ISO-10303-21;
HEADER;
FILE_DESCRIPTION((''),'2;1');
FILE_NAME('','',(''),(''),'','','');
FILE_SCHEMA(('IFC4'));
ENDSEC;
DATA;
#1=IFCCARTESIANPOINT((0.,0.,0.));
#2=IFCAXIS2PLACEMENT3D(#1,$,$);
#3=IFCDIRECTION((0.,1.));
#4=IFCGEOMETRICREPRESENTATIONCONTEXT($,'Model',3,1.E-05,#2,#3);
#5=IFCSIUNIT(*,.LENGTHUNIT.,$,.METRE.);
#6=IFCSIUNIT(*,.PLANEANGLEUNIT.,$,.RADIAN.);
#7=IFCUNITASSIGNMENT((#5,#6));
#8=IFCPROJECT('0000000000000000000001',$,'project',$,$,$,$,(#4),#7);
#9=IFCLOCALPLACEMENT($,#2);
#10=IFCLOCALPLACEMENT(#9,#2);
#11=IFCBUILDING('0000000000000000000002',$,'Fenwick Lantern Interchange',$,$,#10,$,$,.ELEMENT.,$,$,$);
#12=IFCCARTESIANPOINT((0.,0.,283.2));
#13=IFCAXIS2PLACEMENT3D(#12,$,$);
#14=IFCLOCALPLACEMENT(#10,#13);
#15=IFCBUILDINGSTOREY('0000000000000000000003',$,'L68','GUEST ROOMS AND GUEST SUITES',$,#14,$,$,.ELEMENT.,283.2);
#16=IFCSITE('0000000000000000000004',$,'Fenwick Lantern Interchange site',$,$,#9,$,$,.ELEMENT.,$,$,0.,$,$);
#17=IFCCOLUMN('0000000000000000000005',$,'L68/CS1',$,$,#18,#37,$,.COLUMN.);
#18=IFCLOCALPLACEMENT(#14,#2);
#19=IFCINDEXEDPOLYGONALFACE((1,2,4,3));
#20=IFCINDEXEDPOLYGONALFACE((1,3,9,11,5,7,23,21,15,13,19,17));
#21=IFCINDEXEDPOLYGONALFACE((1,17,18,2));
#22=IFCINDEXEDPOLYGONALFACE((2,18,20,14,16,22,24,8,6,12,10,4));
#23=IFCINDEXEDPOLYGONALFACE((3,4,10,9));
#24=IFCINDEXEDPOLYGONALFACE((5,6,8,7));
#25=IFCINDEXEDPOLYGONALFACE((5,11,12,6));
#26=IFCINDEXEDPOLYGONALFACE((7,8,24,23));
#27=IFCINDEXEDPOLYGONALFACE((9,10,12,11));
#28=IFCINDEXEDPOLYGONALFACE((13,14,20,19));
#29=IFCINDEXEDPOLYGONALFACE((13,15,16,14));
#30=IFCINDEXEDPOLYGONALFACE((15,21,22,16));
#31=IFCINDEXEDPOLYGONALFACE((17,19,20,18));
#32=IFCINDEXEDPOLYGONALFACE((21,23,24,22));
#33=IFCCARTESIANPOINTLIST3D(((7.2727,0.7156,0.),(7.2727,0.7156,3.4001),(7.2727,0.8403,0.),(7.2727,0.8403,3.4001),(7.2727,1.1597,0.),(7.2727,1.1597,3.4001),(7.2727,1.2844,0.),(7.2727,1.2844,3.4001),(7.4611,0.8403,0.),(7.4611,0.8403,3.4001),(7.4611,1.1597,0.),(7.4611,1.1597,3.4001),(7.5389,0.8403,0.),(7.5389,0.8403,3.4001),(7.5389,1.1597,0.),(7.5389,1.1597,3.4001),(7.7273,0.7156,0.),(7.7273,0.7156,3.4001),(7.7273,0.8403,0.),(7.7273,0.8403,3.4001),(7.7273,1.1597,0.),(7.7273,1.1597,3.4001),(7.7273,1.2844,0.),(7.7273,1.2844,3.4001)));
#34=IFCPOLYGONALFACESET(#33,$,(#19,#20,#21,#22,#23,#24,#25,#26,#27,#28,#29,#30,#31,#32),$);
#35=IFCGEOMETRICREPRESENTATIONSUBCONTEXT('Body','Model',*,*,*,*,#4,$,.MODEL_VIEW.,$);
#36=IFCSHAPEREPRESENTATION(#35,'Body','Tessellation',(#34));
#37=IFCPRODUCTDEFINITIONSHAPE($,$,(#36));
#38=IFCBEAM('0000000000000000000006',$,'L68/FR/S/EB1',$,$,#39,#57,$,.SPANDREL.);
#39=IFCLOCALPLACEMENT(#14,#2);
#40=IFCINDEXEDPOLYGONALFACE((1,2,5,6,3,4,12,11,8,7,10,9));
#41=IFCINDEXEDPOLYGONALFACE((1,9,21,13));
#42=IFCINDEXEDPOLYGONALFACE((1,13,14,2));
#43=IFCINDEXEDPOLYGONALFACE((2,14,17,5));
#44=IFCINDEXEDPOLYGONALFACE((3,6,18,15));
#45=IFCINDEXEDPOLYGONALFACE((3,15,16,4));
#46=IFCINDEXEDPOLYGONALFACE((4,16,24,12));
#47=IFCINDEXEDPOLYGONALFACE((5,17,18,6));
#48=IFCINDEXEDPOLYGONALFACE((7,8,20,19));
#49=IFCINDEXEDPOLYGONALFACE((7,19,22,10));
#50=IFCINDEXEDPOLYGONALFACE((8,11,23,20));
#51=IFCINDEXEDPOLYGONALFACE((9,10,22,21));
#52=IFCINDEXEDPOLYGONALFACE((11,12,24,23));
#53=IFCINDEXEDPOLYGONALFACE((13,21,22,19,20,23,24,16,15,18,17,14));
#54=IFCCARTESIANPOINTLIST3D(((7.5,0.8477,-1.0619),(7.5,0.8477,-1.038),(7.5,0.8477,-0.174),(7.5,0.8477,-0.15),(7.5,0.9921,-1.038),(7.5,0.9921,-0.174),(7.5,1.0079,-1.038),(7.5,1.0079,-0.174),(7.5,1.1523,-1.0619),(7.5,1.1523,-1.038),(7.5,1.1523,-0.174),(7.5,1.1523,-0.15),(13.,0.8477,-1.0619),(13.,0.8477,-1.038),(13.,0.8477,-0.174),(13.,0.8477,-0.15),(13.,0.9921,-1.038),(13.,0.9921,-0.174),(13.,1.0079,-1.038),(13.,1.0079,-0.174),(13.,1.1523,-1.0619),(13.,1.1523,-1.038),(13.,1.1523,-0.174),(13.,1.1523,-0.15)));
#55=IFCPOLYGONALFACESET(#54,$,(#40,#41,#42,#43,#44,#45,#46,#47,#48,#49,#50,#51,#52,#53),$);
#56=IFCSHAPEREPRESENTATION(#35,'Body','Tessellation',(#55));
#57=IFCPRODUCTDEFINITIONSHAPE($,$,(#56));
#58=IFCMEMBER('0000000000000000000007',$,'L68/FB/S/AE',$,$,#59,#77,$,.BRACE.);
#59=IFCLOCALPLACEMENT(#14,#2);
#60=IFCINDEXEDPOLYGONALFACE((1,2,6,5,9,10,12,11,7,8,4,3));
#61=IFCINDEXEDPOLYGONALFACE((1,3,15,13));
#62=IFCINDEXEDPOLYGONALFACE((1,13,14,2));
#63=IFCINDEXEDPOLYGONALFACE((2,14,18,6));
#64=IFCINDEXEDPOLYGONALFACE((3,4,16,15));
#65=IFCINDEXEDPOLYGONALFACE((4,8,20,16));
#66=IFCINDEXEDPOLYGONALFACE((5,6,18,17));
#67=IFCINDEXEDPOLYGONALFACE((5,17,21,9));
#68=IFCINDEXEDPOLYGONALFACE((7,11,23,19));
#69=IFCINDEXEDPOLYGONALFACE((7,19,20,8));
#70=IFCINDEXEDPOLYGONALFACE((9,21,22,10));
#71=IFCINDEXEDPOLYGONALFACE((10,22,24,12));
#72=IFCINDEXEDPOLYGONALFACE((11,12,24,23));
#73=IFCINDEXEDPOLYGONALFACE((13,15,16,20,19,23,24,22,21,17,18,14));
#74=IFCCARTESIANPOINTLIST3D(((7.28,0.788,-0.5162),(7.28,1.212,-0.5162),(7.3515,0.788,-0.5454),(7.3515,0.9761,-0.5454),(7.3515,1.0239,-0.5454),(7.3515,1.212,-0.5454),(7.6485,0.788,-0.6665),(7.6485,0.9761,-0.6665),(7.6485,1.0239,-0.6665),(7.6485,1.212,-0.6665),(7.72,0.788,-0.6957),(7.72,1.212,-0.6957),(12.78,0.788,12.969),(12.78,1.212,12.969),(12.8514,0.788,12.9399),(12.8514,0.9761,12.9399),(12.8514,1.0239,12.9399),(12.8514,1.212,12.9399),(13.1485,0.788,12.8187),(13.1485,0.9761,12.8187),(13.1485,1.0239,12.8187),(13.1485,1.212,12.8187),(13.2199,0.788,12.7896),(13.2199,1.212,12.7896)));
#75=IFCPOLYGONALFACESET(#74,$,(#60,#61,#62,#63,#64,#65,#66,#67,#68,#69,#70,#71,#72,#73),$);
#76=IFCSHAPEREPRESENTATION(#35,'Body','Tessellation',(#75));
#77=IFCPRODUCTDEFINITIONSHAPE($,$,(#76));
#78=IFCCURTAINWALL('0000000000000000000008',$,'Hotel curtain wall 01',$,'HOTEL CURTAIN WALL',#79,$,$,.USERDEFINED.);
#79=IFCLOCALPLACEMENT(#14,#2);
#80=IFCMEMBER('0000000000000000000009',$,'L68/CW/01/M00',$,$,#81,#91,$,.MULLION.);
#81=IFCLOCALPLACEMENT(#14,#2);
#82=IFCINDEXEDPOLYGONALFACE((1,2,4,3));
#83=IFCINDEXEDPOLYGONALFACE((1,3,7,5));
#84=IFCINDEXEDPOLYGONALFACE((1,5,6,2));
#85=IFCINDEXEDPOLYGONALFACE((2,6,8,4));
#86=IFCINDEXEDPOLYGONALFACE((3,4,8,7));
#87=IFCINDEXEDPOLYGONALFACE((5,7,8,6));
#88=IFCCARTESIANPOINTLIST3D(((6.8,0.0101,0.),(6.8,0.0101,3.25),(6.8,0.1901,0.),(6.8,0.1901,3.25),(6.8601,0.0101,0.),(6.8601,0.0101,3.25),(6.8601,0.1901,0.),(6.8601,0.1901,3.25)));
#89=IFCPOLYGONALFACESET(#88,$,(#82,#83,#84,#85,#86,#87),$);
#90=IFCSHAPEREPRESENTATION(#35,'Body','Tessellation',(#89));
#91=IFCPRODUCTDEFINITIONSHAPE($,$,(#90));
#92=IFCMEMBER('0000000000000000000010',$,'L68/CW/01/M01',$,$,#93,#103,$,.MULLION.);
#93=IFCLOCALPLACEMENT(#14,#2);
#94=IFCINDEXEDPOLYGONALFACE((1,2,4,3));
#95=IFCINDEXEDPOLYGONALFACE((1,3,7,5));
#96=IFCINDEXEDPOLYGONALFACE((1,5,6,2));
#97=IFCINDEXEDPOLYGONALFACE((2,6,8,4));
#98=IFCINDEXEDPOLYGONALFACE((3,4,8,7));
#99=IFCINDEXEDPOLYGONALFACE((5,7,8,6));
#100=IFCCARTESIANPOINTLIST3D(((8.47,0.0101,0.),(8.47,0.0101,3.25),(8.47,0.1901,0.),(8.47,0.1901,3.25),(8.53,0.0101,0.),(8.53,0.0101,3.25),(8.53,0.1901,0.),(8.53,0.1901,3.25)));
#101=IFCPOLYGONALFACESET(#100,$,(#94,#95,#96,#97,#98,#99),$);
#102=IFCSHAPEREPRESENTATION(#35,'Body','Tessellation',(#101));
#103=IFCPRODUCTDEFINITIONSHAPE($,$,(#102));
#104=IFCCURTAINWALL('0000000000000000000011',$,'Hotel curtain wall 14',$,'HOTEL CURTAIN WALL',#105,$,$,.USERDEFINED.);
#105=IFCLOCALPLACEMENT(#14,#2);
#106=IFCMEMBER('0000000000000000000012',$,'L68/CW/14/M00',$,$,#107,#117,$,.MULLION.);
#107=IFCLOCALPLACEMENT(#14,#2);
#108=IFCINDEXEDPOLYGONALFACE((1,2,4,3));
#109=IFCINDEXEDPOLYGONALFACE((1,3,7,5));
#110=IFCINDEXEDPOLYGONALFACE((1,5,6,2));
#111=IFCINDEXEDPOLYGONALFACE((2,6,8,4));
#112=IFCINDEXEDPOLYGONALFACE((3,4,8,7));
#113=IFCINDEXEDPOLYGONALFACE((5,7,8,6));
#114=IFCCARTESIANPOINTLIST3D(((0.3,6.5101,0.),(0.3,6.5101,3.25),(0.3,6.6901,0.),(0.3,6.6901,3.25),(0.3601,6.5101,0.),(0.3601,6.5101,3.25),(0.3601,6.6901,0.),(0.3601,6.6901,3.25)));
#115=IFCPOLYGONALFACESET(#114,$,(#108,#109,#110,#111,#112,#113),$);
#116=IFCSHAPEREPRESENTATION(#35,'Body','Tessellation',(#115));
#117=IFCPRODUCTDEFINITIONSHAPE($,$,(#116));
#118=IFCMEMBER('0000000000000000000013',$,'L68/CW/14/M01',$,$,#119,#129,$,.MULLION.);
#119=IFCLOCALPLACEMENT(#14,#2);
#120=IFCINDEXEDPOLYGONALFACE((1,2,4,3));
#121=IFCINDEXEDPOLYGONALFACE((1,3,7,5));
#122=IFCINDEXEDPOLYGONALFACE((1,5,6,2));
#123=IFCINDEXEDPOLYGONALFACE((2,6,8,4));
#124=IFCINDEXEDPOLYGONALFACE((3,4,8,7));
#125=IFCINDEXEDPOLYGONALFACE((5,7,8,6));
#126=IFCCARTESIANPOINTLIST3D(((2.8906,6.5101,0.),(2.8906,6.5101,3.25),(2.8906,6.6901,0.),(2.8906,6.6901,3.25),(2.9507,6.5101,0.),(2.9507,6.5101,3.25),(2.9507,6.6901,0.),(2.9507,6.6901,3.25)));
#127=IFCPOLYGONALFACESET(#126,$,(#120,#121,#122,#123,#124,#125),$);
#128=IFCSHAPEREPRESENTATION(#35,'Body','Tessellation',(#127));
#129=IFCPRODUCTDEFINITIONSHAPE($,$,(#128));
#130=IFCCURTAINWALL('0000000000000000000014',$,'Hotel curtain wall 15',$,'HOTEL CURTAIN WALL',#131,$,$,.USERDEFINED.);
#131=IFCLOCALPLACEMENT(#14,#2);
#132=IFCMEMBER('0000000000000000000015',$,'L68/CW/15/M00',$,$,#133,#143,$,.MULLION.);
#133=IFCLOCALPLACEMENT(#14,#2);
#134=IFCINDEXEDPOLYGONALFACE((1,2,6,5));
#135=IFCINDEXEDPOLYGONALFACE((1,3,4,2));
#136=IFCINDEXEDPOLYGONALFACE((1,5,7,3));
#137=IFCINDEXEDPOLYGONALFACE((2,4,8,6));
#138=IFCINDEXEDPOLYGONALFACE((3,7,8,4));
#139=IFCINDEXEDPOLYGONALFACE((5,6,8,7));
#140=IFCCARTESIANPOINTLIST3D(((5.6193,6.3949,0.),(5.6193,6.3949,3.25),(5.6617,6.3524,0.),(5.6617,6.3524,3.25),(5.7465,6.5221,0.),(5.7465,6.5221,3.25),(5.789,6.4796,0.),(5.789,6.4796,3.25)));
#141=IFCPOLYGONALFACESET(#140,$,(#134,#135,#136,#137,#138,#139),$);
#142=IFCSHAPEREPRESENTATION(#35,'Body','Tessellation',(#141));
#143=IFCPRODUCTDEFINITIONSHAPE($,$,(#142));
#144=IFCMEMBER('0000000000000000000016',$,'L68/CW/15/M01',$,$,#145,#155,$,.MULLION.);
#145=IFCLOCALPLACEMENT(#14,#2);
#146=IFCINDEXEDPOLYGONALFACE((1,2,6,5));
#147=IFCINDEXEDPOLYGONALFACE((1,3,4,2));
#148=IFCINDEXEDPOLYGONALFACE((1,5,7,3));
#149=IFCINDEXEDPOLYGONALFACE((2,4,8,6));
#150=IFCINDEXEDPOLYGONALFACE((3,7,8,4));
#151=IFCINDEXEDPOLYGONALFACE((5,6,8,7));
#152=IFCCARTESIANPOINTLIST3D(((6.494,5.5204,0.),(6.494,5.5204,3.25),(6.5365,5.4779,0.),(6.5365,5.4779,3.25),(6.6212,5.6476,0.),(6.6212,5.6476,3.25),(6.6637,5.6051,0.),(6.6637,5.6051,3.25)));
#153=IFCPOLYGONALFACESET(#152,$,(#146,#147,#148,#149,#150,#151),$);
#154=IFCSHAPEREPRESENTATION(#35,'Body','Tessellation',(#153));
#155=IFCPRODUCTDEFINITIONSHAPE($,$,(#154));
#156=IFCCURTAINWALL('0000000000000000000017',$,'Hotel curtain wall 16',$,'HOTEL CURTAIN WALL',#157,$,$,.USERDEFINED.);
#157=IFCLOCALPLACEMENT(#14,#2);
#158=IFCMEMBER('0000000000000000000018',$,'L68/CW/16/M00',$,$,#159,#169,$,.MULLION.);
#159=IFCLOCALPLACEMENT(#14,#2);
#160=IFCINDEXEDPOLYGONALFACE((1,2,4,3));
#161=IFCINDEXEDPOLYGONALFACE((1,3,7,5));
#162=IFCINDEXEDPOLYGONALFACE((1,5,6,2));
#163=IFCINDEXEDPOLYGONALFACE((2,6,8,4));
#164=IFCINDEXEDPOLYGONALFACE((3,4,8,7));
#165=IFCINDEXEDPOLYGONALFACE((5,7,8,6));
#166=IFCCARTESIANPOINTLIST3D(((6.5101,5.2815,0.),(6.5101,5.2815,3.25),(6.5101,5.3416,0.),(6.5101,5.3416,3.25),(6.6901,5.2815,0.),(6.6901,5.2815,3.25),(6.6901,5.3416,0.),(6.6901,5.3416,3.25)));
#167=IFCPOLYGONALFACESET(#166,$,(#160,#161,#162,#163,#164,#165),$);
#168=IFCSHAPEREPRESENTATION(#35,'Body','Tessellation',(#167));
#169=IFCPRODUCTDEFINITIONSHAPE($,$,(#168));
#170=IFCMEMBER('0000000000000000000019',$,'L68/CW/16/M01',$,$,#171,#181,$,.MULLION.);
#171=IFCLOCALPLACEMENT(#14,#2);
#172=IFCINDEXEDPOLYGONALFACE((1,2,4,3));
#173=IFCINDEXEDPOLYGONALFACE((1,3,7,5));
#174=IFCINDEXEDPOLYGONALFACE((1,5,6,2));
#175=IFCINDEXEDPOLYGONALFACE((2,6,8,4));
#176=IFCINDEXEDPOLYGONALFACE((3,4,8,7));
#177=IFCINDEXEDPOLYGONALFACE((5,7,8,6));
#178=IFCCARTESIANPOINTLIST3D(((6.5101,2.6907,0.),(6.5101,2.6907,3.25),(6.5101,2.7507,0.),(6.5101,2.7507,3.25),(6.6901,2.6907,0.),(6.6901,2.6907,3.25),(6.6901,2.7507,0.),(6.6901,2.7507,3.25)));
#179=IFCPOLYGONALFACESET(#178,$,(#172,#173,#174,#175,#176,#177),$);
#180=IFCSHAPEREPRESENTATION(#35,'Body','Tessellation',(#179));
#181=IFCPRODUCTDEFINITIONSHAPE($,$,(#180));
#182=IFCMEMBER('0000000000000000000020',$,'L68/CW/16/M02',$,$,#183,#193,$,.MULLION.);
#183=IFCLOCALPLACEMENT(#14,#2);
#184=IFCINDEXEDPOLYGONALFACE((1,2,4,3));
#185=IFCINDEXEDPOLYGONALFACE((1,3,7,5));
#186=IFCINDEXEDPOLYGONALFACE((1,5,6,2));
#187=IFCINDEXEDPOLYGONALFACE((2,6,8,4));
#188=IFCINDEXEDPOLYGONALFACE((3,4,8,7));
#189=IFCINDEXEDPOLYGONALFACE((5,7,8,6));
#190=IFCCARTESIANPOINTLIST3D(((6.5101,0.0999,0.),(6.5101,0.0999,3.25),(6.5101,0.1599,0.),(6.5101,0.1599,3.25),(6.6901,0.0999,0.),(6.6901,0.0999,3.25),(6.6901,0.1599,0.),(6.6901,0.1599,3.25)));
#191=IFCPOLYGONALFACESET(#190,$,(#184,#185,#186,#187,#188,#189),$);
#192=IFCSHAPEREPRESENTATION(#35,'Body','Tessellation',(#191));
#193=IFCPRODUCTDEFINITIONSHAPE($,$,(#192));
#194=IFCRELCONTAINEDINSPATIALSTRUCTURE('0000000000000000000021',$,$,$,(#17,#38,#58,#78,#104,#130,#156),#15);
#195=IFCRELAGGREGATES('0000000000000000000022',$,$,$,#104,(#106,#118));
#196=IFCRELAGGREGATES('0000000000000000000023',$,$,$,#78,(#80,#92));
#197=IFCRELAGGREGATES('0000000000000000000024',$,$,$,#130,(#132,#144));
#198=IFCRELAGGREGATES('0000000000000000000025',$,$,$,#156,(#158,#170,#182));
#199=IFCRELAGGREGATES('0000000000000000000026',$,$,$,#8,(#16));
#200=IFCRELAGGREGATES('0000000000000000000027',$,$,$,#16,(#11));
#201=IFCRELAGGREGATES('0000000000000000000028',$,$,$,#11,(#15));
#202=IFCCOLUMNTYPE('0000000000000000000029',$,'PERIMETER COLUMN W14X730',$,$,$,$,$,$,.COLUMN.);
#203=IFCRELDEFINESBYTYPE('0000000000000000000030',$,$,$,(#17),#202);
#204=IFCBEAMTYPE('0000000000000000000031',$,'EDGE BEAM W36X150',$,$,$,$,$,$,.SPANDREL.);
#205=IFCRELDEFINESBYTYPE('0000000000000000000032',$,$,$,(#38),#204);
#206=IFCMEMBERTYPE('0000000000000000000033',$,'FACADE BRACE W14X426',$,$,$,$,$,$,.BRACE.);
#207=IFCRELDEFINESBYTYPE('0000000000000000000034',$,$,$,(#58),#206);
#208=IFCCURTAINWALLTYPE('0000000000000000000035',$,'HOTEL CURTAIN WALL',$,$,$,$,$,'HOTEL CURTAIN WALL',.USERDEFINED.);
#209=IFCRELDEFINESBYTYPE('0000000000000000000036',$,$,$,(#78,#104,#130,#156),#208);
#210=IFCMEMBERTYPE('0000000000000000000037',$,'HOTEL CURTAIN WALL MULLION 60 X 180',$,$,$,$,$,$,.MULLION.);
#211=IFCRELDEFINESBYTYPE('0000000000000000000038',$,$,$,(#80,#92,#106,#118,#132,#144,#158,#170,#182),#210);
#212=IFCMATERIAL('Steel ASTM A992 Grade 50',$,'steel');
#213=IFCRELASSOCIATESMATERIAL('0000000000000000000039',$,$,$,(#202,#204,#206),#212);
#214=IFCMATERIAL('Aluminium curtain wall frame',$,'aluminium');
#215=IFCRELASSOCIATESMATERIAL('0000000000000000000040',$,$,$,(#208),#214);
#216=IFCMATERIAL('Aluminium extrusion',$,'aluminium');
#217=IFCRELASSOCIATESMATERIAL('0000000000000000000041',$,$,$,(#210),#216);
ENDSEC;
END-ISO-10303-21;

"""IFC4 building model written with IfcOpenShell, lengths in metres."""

from ifc_helpers import new_model, si_unit, direction, frame, origin, origin_2d, place, context, subcontext, project, spatial, rectangle, i_section, extrude, material, material_profile, profile_set, type_object, element, aggregate, save


model = new_model("IFC4")

# Units and contexts
model_context = context("Model", 3, precision=1e-05, world=origin(), true_north=direction((0.0, 1.0)))
body_context = subcontext(model_context, "Body", "Model", "MODEL_VIEW")
ifc_project = project(units=[si_unit("LENGTHUNIT", "METRE"), si_unit("PLANEANGLEUNIT", "RADIAN")], contexts=[model_context])

# Site, building, storey
site_placement = place(None, origin())
site = spatial("IfcSite", under=ifc_project, at=site_placement, Name="Fenwick Lantern Interchange site", CompositionType="ELEMENT", RefElevation=0.0)
building_placement = place(site_placement, origin())
building = spatial("IfcBuilding", under=site, at=building_placement, Name="Fenwick Lantern Interchange", CompositionType="ELEMENT")
storey_placement = place(building_placement, frame((0.0, 0.0, 283.2)))
storey = spatial("IfcBuildingStorey", under=building, at=storey_placement, Name="L68", Description="GUEST ROOMS AND GUEST SUITES", CompositionType="ELEMENT", Elevation=283.2)

# Column
ifc_material_1 = material(Name="Steel ASTM A992 Grade 50", Category="steel")
ifc_material_profile_1 = material_profile(ifc_material_1, i_section(OverallWidth=0.4546, OverallDepth=0.5688, WebThickness=0.0779, FlangeThickness=0.1248, at=origin_2d()), Name="W14X730")
ifc_profile_set_1 = profile_set([ifc_material_profile_1], Name="Steel ASTM A992 Grade 50")
column_type = type_object("IfcColumnType", Name="PERIMETER COLUMN W14X730", PredefinedType="COLUMN", material=ifc_profile_set_1)
column_placement = place(storey_placement, frame((7.5, 1.0, 0.0), z_axis=(0.0, 0.0, 1.0), x_axis=(1.0, 0.0, 0.0)))
element("IfcColumn", 1, at=column_placement, inside=storey, type_object=column_type, Name="L68/CS1", PredefinedType="COLUMN", context=body_context, shape_type="SweptSolid", body=[
    extrude(i_section(OverallWidth=0.4546, OverallDepth=0.5688, WebThickness=0.0779, FlangeThickness=0.1248, at=origin_2d()), origin(), (0.0, 0.0, 1.0), 3.4001),
])

# Beam
ifc_material_profile_2 = material_profile(ifc_material_1, i_section(OverallWidth=0.3047, OverallDepth=0.9119, WebThickness=0.0159, FlangeThickness=0.0239, at=origin_2d()), Name="W36X150")
ifc_profile_set_2 = profile_set([ifc_material_profile_2], Name="Steel ASTM A992 Grade 50")
beam_type = type_object("IfcBeamType", Name="EDGE BEAM W36X150", PredefinedType="SPANDREL", material=ifc_profile_set_2)
beam_placement = place(storey_placement, frame((7.5, 1.0, -0.606), z_axis=(1.0, 0.0, 0.0), x_axis=(0.0, 1.0, 0.0)))
element("IfcBeam", 2, at=beam_placement, inside=storey, type_object=beam_type, Name="L68/FR/S/EB1", PredefinedType="SPANDREL", context=body_context, shape_type="SweptSolid", body=[
    extrude(i_section(OverallWidth=0.3047, OverallDepth=0.9119, WebThickness=0.0159, FlangeThickness=0.0239, at=origin_2d()), origin(), (0.0, 0.0, 1.0), 5.5),
])

# Member
ifc_material_profile_3 = material_profile(ifc_material_1, i_section(OverallWidth=0.4241, OverallDepth=0.4751, WebThickness=0.0479, FlangeThickness=0.0771, at=origin_2d()), Name="W14X426")
ifc_profile_set_3 = profile_set([ifc_material_profile_3], Name="Steel ASTM A992 Grade 50")
member_type_1 = type_object("IfcMemberType", Name="FACADE BRACE W14X426", PredefinedType="BRACE", material=ifc_profile_set_3)
member_1_placement = place(storey_placement, frame((7.5, 1.0, -0.606), z_axis=(0.377648, 0.0, 0.925949), x_axis=(0.0, 1.0, 0.0)))
element("IfcMember", 3, at=member_1_placement, inside=storey, type_object=member_type_1, Name="L68/FB/S/AE", PredefinedType="BRACE", context=body_context, shape_type="SweptSolid", body=[
    extrude(i_section(OverallWidth=0.4241, OverallDepth=0.4751, WebThickness=0.0479, FlangeThickness=0.0771, at=origin_2d()), origin(), (0.0, 0.0, 1.0), 14.5637),
])

# Curtain walls, members
ifc_material_2 = material(Name="Aluminium curtain wall frame", Category="aluminium")
curtain_wall_type = type_object("IfcCurtainWallType", Name="HOTEL CURTAIN WALL", ElementType="HOTEL CURTAIN WALL", PredefinedType="USERDEFINED", material=ifc_material_2)
curtain_wall_1_placement = place(storey_placement, origin())
curtain_wall_1 = element("IfcCurtainWall", 4, at=curtain_wall_1_placement, inside=storey, type_object=curtain_wall_type, Name="Hotel curtain wall 01", ObjectType="HOTEL CURTAIN WALL", PredefinedType="USERDEFINED")
ifc_material_3 = material(Name="Aluminium extrusion", Category="aluminium")
ifc_material_profile_4 = material_profile(ifc_material_3, rectangle(XDim=0.1799, YDim=0.0601, at=origin_2d()), Name="HOTEL CURTAIN WALL MULLION 60 X 180")
ifc_profile_set_4 = profile_set([ifc_material_profile_4], Name="Aluminium extrusion")
member_type_2 = type_object("IfcMemberType", Name="HOTEL CURTAIN WALL MULLION 60 X 180", PredefinedType="MULLION", material=ifc_profile_set_4)
member_2_placement = place(storey_placement, frame((6.8301, 0.1001, 0.0), z_axis=(0.0, 0.0, 1.0), x_axis=(0.0, 1.0, 0.0)))
member_2 = element("IfcMember", 5, at=member_2_placement, type_object=member_type_2, Name="L68/CW/01/M00", PredefinedType="MULLION", context=body_context, shape_type="SweptSolid", body=[
    extrude(rectangle(XDim=0.1799, YDim=0.0601, at=origin_2d()), origin(), (0.0, 0.0, 1.0), 3.25),
])
member_3_placement = place(storey_placement, frame((8.5, 0.1001, 0.0), z_axis=(0.0, 0.0, 1.0), x_axis=(0.0, 1.0, 0.0)))
member_3 = element("IfcMember", 6, at=member_3_placement, type_object=member_type_2, Name="L68/CW/01/M01", PredefinedType="MULLION", context=body_context, shape_type="SweptSolid", body=[
    extrude(rectangle(XDim=0.1799, YDim=0.0601, at=origin_2d()), origin(), (0.0, 0.0, 1.0), 3.25),
])
curtain_wall_2_placement = place(storey_placement, origin())
curtain_wall_2 = element("IfcCurtainWall", 7, at=curtain_wall_2_placement, inside=storey, type_object=curtain_wall_type, Name="Hotel curtain wall 14", ObjectType="HOTEL CURTAIN WALL", PredefinedType="USERDEFINED")
member_4_placement = place(storey_placement, frame((0.3301, 6.6001, 0.0), z_axis=(0.0, 0.0, 1.0), x_axis=(0.0, 1.0, 0.0)))
member_4 = element("IfcMember", 8, at=member_4_placement, type_object=member_type_2, Name="L68/CW/14/M00", PredefinedType="MULLION", context=body_context, shape_type="SweptSolid", body=[
    extrude(rectangle(XDim=0.1799, YDim=0.0601, at=origin_2d()), origin(), (0.0, 0.0, 1.0), 3.25),
])
member_5_placement = place(storey_placement, frame((2.9207, 6.6001, 0.0), z_axis=(0.0, 0.0, 1.0), x_axis=(0.0, 1.0, 0.0)))
member_5 = element("IfcMember", 9, at=member_5_placement, type_object=member_type_2, Name="L68/CW/14/M01", PredefinedType="MULLION", context=body_context, shape_type="SweptSolid", body=[
    extrude(rectangle(XDim=0.1799, YDim=0.0601, at=origin_2d()), origin(), (0.0, 0.0, 1.0), 3.25),
])
curtain_wall_3_placement = place(storey_placement, origin())
curtain_wall_3 = element("IfcCurtainWall", 10, at=curtain_wall_3_placement, inside=storey, type_object=curtain_wall_type, Name="Hotel curtain wall 15", ObjectType="HOTEL CURTAIN WALL", PredefinedType="USERDEFINED")
member_6_placement = place(storey_placement, frame((5.7041, 6.4373, 0.0), z_axis=(0.0, 0.0, 1.0), x_axis=(0.707107, 0.707107, 0.0)))
member_6 = element("IfcMember", 11, at=member_6_placement, type_object=member_type_2, Name="L68/CW/15/M00", PredefinedType="MULLION", context=body_context, shape_type="SweptSolid", body=[
    extrude(rectangle(XDim=0.1799, YDim=0.0601, at=origin_2d()), origin(), (0.0, 0.0, 1.0), 3.25),
])
member_7_placement = place(storey_placement, frame((6.5789, 5.5627, 0.0), z_axis=(0.0, 0.0, 1.0), x_axis=(0.707107, 0.707107, 0.0)))
member_7 = element("IfcMember", 12, at=member_7_placement, type_object=member_type_2, Name="L68/CW/15/M01", PredefinedType="MULLION", context=body_context, shape_type="SweptSolid", body=[
    extrude(rectangle(XDim=0.1799, YDim=0.0601, at=origin_2d()), origin(), (0.0, 0.0, 1.0), 3.25),
])
curtain_wall_4_placement = place(storey_placement, origin())
curtain_wall_4 = element("IfcCurtainWall", 13, at=curtain_wall_4_placement, inside=storey, type_object=curtain_wall_type, Name="Hotel curtain wall 16", ObjectType="HOTEL CURTAIN WALL", PredefinedType="USERDEFINED")
member_8_placement = place(storey_placement, frame((6.6001, 5.3115, 0.0), z_axis=(0.0, 0.0, 1.0), x_axis=(1.0, 0.0, 0.0)))
member_8 = element("IfcMember", 14, at=member_8_placement, type_object=member_type_2, Name="L68/CW/16/M00", PredefinedType="MULLION", context=body_context, shape_type="SweptSolid", body=[
    extrude(rectangle(XDim=0.1799, YDim=0.0601, at=origin_2d()), origin(), (0.0, 0.0, 1.0), 3.25),
])
member_9_placement = place(storey_placement, frame((6.6001, 2.7207, 0.0), z_axis=(0.0, 0.0, 1.0), x_axis=(1.0, 0.0, 0.0)))
member_9 = element("IfcMember", 15, at=member_9_placement, type_object=member_type_2, Name="L68/CW/16/M01", PredefinedType="MULLION", context=body_context, shape_type="SweptSolid", body=[
    extrude(rectangle(XDim=0.1799, YDim=0.0601, at=origin_2d()), origin(), (0.0, 0.0, 1.0), 3.25),
])
member_10_placement = place(storey_placement, frame((6.6001, 0.1299, 0.0), z_axis=(0.0, 0.0, 1.0), x_axis=(1.0, 0.0, 0.0)))
member_10 = element("IfcMember", 16, at=member_10_placement, type_object=member_type_2, Name="L68/CW/16/M02", PredefinedType="MULLION", context=body_context, shape_type="SweptSolid", body=[
    extrude(rectangle(XDim=0.1799, YDim=0.0601, at=origin_2d()), origin(), (0.0, 0.0, 1.0), 3.25),
])

aggregate(curtain_wall_2, [member_4, member_5])

aggregate(curtain_wall_1, [member_2, member_3])
aggregate(curtain_wall_3, [member_6, member_7])
aggregate(curtain_wall_4, [member_8, member_9, member_10])

save(model, "model.ifc")
